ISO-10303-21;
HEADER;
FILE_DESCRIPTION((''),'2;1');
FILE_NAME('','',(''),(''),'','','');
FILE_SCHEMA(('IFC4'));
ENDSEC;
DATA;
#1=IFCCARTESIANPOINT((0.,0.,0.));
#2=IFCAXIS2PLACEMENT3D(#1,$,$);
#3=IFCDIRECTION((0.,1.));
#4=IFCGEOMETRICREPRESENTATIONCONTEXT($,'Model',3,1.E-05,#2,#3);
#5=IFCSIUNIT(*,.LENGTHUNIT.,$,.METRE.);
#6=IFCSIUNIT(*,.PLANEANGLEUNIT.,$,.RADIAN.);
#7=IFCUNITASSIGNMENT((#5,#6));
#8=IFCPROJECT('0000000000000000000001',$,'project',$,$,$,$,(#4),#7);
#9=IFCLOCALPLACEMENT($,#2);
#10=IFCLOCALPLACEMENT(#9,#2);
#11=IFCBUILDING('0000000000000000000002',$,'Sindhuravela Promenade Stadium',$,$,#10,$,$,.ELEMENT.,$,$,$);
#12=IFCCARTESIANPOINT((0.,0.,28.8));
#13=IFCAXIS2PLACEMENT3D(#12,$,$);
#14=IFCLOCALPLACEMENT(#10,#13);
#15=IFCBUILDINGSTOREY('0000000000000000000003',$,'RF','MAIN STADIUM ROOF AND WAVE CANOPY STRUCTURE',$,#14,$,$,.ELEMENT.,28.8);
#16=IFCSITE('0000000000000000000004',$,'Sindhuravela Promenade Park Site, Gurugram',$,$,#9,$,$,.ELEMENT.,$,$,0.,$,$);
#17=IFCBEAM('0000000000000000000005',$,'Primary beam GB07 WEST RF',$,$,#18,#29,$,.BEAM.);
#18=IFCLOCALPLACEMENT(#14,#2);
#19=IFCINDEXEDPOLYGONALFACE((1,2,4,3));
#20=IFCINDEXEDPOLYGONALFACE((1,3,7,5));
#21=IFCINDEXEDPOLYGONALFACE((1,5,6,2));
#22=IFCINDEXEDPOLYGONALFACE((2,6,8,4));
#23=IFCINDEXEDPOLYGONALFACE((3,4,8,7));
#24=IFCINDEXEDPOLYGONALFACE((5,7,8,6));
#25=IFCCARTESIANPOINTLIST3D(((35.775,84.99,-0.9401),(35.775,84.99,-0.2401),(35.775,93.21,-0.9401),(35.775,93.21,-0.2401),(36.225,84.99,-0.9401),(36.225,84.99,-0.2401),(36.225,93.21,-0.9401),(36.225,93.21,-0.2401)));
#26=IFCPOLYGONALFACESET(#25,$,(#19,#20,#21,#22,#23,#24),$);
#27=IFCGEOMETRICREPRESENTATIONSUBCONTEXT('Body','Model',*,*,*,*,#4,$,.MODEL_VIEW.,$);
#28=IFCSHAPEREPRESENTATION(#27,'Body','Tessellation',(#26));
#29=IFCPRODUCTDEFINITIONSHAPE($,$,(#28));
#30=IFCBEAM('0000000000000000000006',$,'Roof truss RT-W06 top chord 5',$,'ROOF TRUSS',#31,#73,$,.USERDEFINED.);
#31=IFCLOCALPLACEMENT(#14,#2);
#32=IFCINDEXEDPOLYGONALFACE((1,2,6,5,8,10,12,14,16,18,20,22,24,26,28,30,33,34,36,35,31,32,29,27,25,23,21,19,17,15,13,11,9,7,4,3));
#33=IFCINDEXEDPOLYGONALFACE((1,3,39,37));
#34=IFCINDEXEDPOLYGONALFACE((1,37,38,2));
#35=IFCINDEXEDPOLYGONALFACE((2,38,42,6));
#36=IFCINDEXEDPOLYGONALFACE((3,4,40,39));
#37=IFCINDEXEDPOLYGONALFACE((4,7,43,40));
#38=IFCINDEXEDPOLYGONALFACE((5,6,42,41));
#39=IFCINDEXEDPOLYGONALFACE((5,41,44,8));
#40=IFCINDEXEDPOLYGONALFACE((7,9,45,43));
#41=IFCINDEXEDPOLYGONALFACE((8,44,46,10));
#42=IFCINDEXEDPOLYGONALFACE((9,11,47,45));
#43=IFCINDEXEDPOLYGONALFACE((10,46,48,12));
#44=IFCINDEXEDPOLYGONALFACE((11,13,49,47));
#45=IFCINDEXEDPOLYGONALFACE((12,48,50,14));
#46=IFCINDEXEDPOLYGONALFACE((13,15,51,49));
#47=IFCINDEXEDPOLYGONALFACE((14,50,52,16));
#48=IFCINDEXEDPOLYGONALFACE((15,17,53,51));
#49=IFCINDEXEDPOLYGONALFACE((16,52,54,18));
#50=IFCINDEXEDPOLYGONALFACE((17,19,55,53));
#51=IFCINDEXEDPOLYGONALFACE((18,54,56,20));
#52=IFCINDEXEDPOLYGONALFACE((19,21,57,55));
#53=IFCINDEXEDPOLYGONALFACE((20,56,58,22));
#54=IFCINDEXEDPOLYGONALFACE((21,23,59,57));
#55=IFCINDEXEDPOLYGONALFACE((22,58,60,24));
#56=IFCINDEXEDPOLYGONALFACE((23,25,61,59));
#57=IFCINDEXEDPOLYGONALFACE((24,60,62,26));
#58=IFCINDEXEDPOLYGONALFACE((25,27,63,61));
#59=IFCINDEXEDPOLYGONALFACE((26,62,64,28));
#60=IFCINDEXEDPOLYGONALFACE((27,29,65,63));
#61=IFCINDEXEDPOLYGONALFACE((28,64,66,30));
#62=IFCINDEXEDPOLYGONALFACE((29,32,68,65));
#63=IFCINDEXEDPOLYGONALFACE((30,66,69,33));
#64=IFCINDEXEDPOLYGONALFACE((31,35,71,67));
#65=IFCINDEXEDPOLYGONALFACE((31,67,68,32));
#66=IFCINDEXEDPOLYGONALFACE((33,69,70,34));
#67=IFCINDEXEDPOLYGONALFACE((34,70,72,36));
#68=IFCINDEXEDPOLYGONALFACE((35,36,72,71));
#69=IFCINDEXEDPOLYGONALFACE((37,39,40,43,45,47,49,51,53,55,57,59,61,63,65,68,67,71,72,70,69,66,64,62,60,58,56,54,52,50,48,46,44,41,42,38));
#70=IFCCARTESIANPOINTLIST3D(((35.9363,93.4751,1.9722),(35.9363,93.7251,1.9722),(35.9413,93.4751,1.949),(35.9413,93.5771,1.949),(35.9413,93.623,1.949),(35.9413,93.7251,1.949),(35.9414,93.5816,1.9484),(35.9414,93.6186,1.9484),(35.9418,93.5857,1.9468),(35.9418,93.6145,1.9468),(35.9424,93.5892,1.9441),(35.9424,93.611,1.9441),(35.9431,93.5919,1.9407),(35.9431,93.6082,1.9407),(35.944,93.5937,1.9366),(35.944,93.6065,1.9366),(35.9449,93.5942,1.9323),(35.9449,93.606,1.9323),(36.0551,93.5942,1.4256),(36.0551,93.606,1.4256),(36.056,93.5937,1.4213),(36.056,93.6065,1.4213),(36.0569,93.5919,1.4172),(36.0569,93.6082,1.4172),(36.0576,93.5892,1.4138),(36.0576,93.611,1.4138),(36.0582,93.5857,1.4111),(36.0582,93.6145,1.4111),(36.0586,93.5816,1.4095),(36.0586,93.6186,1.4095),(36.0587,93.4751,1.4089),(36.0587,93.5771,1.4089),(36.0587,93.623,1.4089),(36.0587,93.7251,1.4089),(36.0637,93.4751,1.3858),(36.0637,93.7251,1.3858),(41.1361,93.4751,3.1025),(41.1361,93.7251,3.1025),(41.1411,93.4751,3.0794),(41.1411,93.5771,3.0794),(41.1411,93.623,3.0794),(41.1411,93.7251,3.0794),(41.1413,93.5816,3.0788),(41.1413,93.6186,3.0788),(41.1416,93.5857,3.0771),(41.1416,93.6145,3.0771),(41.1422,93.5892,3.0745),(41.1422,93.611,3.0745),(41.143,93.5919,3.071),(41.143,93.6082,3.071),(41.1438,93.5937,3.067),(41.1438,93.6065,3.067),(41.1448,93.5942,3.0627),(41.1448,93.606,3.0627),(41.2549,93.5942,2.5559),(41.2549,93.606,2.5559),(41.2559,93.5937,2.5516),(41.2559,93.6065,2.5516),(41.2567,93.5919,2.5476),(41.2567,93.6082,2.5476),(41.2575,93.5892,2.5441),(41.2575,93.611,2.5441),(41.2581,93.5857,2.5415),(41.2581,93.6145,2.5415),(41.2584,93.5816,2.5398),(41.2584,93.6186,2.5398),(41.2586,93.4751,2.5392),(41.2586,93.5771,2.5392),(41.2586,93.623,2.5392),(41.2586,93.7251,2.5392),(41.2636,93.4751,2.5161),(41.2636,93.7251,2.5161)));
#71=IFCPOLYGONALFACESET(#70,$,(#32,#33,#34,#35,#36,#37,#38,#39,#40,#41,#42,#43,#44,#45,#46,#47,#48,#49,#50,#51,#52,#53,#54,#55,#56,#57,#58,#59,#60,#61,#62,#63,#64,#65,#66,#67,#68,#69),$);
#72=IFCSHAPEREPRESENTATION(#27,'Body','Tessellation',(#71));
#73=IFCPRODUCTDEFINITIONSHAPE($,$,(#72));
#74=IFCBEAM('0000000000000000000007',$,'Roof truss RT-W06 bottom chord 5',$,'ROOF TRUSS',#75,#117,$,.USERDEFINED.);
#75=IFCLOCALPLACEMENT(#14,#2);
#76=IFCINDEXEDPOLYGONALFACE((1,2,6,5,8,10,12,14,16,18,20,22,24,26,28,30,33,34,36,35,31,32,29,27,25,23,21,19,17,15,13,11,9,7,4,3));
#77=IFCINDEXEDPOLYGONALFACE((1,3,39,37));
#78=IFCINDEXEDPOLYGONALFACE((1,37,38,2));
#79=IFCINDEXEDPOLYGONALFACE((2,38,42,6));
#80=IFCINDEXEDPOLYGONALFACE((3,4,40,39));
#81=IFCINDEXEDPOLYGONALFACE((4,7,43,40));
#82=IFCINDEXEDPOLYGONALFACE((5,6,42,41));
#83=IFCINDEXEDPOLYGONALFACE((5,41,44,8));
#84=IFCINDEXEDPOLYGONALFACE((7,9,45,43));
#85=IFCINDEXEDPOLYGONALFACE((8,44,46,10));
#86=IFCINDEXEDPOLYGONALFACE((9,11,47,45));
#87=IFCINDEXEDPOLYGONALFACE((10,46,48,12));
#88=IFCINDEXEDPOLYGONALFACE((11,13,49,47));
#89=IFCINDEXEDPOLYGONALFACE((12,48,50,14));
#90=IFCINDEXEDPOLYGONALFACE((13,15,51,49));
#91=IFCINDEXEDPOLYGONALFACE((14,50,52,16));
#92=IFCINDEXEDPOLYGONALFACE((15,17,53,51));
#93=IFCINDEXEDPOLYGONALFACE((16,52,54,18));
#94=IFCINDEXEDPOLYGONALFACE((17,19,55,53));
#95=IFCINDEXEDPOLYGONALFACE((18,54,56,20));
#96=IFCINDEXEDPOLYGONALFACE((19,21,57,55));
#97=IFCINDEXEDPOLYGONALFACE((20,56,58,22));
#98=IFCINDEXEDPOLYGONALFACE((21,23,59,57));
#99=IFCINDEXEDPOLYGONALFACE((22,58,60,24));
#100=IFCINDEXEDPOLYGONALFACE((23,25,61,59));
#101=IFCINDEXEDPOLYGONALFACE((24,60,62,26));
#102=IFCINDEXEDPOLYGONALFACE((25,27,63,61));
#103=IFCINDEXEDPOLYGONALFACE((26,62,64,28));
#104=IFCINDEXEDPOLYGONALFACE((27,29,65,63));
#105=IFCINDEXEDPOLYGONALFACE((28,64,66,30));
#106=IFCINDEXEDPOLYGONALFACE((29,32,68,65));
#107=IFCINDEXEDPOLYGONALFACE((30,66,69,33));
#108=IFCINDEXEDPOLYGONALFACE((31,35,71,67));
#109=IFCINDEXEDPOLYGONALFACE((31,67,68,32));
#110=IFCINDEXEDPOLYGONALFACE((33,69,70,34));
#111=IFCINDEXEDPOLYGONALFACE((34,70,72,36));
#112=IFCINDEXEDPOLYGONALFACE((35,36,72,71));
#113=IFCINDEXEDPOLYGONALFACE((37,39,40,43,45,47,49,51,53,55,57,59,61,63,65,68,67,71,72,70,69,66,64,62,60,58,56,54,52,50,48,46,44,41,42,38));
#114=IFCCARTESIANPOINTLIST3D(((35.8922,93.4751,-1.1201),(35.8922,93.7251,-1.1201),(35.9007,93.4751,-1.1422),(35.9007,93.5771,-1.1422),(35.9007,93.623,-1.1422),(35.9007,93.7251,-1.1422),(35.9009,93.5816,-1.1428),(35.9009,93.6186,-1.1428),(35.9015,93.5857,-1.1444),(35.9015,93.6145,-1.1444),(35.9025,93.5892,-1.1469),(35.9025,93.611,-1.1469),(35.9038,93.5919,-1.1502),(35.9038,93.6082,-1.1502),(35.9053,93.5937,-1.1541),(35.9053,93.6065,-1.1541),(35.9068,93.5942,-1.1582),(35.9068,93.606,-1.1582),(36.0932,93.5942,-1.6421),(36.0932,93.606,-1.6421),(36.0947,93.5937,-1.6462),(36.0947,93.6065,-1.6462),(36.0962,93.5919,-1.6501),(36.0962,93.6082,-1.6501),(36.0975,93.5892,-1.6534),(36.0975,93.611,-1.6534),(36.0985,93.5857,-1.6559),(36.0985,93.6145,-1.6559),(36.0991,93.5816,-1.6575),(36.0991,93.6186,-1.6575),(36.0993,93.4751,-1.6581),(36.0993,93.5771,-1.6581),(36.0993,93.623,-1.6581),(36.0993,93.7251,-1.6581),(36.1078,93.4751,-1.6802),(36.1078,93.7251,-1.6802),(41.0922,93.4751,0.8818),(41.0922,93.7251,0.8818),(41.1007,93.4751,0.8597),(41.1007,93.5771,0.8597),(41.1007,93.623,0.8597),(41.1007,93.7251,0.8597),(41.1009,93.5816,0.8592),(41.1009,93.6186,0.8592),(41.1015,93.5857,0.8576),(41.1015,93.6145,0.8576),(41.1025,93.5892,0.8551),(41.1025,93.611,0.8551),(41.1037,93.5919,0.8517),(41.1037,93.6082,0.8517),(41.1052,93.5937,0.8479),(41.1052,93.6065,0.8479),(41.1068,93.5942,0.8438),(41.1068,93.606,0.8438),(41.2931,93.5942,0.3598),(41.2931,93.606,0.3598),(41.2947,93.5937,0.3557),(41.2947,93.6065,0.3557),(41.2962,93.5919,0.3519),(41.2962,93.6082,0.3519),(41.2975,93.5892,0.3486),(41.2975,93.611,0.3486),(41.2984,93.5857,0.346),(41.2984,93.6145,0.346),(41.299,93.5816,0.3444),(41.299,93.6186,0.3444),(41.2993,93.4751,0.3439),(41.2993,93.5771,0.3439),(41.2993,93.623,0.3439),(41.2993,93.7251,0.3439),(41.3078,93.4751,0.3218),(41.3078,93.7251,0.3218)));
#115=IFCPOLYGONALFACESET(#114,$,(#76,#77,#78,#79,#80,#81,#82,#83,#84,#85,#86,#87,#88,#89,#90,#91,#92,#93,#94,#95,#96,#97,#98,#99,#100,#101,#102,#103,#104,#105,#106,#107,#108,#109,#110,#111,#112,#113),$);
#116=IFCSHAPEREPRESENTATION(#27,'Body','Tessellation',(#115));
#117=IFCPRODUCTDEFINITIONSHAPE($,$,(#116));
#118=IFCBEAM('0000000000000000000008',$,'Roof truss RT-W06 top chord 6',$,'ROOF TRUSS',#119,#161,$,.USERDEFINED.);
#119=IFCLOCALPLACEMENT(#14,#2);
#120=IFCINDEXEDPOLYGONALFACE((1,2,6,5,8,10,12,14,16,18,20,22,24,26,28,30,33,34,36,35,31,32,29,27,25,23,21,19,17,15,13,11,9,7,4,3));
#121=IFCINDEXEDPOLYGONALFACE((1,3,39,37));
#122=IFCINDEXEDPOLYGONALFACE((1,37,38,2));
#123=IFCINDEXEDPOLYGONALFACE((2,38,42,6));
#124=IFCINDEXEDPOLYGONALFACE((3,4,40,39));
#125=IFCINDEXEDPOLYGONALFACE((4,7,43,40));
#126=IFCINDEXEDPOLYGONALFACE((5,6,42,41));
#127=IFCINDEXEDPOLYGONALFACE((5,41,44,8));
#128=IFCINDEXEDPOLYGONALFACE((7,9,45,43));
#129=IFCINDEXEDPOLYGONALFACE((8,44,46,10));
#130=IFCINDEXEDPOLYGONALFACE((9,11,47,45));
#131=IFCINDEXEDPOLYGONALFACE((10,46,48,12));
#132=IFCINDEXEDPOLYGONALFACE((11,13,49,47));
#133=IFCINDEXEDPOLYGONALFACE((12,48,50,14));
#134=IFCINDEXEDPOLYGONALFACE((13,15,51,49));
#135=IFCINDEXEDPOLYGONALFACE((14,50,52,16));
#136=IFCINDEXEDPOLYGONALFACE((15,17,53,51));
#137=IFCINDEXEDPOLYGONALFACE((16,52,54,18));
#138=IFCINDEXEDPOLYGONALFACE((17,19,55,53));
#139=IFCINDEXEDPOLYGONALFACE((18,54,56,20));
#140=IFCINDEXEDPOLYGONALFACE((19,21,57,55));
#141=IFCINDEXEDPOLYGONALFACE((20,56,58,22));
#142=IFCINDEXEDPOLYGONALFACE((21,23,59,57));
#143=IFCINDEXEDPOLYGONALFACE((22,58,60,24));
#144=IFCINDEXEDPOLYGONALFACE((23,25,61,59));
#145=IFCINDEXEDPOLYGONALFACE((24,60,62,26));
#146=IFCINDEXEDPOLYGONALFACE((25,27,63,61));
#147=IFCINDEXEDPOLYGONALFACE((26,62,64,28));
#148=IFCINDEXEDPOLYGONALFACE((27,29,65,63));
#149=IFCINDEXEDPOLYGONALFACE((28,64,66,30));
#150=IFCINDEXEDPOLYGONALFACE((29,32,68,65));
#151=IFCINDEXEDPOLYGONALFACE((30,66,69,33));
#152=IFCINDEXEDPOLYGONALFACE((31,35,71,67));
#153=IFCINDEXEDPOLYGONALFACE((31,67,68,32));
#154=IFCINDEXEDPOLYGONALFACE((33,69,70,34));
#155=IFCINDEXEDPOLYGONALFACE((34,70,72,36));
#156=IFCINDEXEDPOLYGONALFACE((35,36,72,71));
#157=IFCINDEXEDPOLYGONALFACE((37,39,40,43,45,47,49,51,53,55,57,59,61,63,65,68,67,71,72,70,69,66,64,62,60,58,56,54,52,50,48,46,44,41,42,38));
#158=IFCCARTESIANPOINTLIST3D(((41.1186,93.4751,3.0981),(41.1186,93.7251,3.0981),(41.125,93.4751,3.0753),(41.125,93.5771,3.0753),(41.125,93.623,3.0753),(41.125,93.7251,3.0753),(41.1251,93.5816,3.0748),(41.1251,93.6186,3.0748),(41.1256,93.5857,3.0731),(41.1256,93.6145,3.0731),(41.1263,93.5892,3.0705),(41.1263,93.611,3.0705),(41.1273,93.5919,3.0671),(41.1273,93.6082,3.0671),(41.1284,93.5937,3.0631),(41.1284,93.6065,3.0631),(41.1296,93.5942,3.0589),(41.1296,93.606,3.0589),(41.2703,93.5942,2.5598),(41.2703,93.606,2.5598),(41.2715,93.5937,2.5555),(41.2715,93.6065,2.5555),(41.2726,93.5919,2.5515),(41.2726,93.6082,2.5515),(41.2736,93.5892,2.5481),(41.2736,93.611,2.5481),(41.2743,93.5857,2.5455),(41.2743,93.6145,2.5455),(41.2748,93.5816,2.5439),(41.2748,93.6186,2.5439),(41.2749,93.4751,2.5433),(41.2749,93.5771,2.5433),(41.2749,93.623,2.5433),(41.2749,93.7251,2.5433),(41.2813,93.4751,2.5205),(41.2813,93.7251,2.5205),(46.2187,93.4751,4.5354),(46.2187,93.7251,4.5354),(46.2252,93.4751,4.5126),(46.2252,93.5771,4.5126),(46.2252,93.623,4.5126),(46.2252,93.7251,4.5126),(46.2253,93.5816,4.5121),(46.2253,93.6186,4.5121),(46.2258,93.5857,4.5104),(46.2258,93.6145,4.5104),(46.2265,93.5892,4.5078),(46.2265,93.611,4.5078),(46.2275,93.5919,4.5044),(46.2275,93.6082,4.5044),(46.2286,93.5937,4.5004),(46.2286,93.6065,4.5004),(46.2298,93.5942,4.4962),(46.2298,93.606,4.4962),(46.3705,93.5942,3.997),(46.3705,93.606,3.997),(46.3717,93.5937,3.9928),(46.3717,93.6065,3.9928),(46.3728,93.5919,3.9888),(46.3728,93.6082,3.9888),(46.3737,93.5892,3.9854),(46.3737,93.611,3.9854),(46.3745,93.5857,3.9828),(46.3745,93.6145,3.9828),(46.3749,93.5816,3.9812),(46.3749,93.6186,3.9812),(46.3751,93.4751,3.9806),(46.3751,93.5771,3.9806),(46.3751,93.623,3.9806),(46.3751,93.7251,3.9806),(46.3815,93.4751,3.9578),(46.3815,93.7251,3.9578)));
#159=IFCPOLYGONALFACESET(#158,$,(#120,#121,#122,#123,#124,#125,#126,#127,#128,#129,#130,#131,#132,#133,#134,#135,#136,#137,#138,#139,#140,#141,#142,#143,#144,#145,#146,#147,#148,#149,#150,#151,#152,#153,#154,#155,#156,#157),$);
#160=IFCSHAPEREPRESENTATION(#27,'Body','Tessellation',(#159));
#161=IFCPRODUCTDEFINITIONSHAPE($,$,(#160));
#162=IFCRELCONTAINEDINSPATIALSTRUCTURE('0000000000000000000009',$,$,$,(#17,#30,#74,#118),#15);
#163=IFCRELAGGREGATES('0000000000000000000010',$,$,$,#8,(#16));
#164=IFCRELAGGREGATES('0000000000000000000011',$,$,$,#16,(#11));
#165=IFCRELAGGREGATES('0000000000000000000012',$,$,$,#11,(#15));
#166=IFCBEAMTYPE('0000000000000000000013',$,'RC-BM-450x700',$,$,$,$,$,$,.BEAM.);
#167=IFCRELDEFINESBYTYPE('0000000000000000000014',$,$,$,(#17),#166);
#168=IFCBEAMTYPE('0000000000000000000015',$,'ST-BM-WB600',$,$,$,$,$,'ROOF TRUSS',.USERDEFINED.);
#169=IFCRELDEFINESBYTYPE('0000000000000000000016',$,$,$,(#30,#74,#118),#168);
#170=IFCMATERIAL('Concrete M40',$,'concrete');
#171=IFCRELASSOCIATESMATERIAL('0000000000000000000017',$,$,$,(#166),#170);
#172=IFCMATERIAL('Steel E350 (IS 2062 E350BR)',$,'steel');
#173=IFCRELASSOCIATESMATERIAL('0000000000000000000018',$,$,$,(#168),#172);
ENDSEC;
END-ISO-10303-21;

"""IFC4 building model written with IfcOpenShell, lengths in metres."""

from ifc_helpers import new_model, si_unit, direction, frame, origin, origin_2d, place, context, subcontext, project, spatial, rectangle, i_section, extrude, material, material_profile, profile_set, type_object, element, save


model = new_model("IFC4")

# Units and contexts
model_context = context("Model", 3, precision=1e-05, world=origin(), true_north=direction((0.0, 1.0)))
body_context = subcontext(model_context, "Body", "Model", "MODEL_VIEW")
ifc_project = project(units=[si_unit("LENGTHUNIT", "METRE"), si_unit("PLANEANGLEUNIT", "RADIAN")], contexts=[model_context])

# Site, building, storey
site_placement = place(None, origin())
site = spatial("IfcSite", under=ifc_project, at=site_placement, Name="Sindhuravela Promenade Park Site, Gurugram", CompositionType="ELEMENT", RefElevation=0.0)
building_placement = place(site_placement, origin())
building = spatial("IfcBuilding", under=site, at=building_placement, Name="Sindhuravela Promenade Stadium", CompositionType="ELEMENT")
storey_placement = place(building_placement, frame((0.0, 0.0, 28.8)))
storey = spatial("IfcBuildingStorey", under=building, at=storey_placement, Name="RF", Description="MAIN STADIUM ROOF AND WAVE CANOPY STRUCTURE", CompositionType="ELEMENT", Elevation=28.8)

# Beams
ifc_material_1 = material(Name="Concrete M40", Category="concrete")
ifc_material_profile_1 = material_profile(ifc_material_1, rectangle(XDim=0.45, YDim=0.7, at=origin_2d()), Name="RC 450x700")
ifc_profile_set_1 = profile_set([ifc_material_profile_1], Name="Concrete M40")
beam_type_1 = type_object("IfcBeamType", Name="RC-BM-450x700", PredefinedType="BEAM", material=ifc_profile_set_1)
beam_1_placement = place(storey_placement, frame((36.0, 84.99, -0.5901), z_axis=(0.0, 1.0, 0.0), x_axis=(-1.0, 0.0, 0.0)))
element("IfcBeam", 1, at=beam_1_placement, inside=storey, type_object=beam_type_1, Name="Primary beam GB07 WEST RF", PredefinedType="BEAM", context=body_context, shape_type="SweptSolid", body=[
    extrude(rectangle(XDim=0.45, YDim=0.7, at=origin_2d()), origin(), (0.0, 0.0, 1.0), 8.22),
])
ifc_material_2 = material(Name="Steel E350 (IS 2062 E350BR)", Category="steel")
ifc_material_profile_2 = material_profile(ifc_material_2, i_section(OverallWidth=0.25, OverallDepth=0.6001, WebThickness=0.0117, FlangeThickness=0.0237, FilletRadius=0.0171, at=origin_2d()), Name="ISWB 600")
ifc_profile_set_2 = profile_set([ifc_material_profile_2], Name="Steel E350 (IS 2062 E350BR)")
beam_type_2 = type_object("IfcBeamType", Name="ST-BM-WB600", ElementType="ROOF TRUSS", PredefinedType="USERDEFINED", material=ifc_profile_set_2)
beam_2_placement = place(storey_placement, frame((36.0, 93.6001, 1.679), z_axis=(0.977178, 0.0, 0.21242), x_axis=(0.0, 1.0, 0.0)))
element("IfcBeam", 2, at=beam_2_placement, inside=storey, type_object=beam_type_2, Name="Roof truss RT-W06 top chord 5", ObjectType="ROOF TRUSS", PredefinedType="USERDEFINED", context=body_context, shape_type="SweptSolid", body=[
    extrude(i_section(OverallWidth=0.25, OverallDepth=0.6001, WebThickness=0.0117, FlangeThickness=0.0237, FilletRadius=0.0171, at=origin_2d()), origin(), (0.0, 0.0, 1.0), 5.3213),
])
beam_3_placement = place(storey_placement, frame((36.0, 93.6001, -1.4001), z_axis=(0.933227, 0.0, 0.359287), x_axis=(0.0, 1.0, 0.0)))
element("IfcBeam", 3, at=beam_3_placement, inside=storey, type_object=beam_type_2, Name="Roof truss RT-W06 bottom chord 5", ObjectType="ROOF TRUSS", PredefinedType="USERDEFINED", context=body_context, shape_type="SweptSolid", body=[
    extrude(i_section(OverallWidth=0.25, OverallDepth=0.6001, WebThickness=0.0117, FlangeThickness=0.0237, FilletRadius=0.0171, at=origin_2d()), origin(), (0.0, 0.0, 1.0), 5.572),
])
beam_4_placement = place(storey_placement, frame((41.2, 93.6001, 2.8093), z_axis=(0.96251, 0.0, 0.271245), x_axis=(0.0, 1.0, 0.0)))
element("IfcBeam", 4, at=beam_4_placement, inside=storey, type_object=beam_type_2, Name="Roof truss RT-W06 top chord 6", ObjectType="ROOF TRUSS", PredefinedType="USERDEFINED", context=body_context, shape_type="SweptSolid", body=[
    extrude(i_section(OverallWidth=0.25, OverallDepth=0.6001, WebThickness=0.0117, FlangeThickness=0.0237, FilletRadius=0.0171, at=origin_2d()), origin(), (0.0, 0.0, 1.0), 5.2988),
])

save(model, "model.ifc")
